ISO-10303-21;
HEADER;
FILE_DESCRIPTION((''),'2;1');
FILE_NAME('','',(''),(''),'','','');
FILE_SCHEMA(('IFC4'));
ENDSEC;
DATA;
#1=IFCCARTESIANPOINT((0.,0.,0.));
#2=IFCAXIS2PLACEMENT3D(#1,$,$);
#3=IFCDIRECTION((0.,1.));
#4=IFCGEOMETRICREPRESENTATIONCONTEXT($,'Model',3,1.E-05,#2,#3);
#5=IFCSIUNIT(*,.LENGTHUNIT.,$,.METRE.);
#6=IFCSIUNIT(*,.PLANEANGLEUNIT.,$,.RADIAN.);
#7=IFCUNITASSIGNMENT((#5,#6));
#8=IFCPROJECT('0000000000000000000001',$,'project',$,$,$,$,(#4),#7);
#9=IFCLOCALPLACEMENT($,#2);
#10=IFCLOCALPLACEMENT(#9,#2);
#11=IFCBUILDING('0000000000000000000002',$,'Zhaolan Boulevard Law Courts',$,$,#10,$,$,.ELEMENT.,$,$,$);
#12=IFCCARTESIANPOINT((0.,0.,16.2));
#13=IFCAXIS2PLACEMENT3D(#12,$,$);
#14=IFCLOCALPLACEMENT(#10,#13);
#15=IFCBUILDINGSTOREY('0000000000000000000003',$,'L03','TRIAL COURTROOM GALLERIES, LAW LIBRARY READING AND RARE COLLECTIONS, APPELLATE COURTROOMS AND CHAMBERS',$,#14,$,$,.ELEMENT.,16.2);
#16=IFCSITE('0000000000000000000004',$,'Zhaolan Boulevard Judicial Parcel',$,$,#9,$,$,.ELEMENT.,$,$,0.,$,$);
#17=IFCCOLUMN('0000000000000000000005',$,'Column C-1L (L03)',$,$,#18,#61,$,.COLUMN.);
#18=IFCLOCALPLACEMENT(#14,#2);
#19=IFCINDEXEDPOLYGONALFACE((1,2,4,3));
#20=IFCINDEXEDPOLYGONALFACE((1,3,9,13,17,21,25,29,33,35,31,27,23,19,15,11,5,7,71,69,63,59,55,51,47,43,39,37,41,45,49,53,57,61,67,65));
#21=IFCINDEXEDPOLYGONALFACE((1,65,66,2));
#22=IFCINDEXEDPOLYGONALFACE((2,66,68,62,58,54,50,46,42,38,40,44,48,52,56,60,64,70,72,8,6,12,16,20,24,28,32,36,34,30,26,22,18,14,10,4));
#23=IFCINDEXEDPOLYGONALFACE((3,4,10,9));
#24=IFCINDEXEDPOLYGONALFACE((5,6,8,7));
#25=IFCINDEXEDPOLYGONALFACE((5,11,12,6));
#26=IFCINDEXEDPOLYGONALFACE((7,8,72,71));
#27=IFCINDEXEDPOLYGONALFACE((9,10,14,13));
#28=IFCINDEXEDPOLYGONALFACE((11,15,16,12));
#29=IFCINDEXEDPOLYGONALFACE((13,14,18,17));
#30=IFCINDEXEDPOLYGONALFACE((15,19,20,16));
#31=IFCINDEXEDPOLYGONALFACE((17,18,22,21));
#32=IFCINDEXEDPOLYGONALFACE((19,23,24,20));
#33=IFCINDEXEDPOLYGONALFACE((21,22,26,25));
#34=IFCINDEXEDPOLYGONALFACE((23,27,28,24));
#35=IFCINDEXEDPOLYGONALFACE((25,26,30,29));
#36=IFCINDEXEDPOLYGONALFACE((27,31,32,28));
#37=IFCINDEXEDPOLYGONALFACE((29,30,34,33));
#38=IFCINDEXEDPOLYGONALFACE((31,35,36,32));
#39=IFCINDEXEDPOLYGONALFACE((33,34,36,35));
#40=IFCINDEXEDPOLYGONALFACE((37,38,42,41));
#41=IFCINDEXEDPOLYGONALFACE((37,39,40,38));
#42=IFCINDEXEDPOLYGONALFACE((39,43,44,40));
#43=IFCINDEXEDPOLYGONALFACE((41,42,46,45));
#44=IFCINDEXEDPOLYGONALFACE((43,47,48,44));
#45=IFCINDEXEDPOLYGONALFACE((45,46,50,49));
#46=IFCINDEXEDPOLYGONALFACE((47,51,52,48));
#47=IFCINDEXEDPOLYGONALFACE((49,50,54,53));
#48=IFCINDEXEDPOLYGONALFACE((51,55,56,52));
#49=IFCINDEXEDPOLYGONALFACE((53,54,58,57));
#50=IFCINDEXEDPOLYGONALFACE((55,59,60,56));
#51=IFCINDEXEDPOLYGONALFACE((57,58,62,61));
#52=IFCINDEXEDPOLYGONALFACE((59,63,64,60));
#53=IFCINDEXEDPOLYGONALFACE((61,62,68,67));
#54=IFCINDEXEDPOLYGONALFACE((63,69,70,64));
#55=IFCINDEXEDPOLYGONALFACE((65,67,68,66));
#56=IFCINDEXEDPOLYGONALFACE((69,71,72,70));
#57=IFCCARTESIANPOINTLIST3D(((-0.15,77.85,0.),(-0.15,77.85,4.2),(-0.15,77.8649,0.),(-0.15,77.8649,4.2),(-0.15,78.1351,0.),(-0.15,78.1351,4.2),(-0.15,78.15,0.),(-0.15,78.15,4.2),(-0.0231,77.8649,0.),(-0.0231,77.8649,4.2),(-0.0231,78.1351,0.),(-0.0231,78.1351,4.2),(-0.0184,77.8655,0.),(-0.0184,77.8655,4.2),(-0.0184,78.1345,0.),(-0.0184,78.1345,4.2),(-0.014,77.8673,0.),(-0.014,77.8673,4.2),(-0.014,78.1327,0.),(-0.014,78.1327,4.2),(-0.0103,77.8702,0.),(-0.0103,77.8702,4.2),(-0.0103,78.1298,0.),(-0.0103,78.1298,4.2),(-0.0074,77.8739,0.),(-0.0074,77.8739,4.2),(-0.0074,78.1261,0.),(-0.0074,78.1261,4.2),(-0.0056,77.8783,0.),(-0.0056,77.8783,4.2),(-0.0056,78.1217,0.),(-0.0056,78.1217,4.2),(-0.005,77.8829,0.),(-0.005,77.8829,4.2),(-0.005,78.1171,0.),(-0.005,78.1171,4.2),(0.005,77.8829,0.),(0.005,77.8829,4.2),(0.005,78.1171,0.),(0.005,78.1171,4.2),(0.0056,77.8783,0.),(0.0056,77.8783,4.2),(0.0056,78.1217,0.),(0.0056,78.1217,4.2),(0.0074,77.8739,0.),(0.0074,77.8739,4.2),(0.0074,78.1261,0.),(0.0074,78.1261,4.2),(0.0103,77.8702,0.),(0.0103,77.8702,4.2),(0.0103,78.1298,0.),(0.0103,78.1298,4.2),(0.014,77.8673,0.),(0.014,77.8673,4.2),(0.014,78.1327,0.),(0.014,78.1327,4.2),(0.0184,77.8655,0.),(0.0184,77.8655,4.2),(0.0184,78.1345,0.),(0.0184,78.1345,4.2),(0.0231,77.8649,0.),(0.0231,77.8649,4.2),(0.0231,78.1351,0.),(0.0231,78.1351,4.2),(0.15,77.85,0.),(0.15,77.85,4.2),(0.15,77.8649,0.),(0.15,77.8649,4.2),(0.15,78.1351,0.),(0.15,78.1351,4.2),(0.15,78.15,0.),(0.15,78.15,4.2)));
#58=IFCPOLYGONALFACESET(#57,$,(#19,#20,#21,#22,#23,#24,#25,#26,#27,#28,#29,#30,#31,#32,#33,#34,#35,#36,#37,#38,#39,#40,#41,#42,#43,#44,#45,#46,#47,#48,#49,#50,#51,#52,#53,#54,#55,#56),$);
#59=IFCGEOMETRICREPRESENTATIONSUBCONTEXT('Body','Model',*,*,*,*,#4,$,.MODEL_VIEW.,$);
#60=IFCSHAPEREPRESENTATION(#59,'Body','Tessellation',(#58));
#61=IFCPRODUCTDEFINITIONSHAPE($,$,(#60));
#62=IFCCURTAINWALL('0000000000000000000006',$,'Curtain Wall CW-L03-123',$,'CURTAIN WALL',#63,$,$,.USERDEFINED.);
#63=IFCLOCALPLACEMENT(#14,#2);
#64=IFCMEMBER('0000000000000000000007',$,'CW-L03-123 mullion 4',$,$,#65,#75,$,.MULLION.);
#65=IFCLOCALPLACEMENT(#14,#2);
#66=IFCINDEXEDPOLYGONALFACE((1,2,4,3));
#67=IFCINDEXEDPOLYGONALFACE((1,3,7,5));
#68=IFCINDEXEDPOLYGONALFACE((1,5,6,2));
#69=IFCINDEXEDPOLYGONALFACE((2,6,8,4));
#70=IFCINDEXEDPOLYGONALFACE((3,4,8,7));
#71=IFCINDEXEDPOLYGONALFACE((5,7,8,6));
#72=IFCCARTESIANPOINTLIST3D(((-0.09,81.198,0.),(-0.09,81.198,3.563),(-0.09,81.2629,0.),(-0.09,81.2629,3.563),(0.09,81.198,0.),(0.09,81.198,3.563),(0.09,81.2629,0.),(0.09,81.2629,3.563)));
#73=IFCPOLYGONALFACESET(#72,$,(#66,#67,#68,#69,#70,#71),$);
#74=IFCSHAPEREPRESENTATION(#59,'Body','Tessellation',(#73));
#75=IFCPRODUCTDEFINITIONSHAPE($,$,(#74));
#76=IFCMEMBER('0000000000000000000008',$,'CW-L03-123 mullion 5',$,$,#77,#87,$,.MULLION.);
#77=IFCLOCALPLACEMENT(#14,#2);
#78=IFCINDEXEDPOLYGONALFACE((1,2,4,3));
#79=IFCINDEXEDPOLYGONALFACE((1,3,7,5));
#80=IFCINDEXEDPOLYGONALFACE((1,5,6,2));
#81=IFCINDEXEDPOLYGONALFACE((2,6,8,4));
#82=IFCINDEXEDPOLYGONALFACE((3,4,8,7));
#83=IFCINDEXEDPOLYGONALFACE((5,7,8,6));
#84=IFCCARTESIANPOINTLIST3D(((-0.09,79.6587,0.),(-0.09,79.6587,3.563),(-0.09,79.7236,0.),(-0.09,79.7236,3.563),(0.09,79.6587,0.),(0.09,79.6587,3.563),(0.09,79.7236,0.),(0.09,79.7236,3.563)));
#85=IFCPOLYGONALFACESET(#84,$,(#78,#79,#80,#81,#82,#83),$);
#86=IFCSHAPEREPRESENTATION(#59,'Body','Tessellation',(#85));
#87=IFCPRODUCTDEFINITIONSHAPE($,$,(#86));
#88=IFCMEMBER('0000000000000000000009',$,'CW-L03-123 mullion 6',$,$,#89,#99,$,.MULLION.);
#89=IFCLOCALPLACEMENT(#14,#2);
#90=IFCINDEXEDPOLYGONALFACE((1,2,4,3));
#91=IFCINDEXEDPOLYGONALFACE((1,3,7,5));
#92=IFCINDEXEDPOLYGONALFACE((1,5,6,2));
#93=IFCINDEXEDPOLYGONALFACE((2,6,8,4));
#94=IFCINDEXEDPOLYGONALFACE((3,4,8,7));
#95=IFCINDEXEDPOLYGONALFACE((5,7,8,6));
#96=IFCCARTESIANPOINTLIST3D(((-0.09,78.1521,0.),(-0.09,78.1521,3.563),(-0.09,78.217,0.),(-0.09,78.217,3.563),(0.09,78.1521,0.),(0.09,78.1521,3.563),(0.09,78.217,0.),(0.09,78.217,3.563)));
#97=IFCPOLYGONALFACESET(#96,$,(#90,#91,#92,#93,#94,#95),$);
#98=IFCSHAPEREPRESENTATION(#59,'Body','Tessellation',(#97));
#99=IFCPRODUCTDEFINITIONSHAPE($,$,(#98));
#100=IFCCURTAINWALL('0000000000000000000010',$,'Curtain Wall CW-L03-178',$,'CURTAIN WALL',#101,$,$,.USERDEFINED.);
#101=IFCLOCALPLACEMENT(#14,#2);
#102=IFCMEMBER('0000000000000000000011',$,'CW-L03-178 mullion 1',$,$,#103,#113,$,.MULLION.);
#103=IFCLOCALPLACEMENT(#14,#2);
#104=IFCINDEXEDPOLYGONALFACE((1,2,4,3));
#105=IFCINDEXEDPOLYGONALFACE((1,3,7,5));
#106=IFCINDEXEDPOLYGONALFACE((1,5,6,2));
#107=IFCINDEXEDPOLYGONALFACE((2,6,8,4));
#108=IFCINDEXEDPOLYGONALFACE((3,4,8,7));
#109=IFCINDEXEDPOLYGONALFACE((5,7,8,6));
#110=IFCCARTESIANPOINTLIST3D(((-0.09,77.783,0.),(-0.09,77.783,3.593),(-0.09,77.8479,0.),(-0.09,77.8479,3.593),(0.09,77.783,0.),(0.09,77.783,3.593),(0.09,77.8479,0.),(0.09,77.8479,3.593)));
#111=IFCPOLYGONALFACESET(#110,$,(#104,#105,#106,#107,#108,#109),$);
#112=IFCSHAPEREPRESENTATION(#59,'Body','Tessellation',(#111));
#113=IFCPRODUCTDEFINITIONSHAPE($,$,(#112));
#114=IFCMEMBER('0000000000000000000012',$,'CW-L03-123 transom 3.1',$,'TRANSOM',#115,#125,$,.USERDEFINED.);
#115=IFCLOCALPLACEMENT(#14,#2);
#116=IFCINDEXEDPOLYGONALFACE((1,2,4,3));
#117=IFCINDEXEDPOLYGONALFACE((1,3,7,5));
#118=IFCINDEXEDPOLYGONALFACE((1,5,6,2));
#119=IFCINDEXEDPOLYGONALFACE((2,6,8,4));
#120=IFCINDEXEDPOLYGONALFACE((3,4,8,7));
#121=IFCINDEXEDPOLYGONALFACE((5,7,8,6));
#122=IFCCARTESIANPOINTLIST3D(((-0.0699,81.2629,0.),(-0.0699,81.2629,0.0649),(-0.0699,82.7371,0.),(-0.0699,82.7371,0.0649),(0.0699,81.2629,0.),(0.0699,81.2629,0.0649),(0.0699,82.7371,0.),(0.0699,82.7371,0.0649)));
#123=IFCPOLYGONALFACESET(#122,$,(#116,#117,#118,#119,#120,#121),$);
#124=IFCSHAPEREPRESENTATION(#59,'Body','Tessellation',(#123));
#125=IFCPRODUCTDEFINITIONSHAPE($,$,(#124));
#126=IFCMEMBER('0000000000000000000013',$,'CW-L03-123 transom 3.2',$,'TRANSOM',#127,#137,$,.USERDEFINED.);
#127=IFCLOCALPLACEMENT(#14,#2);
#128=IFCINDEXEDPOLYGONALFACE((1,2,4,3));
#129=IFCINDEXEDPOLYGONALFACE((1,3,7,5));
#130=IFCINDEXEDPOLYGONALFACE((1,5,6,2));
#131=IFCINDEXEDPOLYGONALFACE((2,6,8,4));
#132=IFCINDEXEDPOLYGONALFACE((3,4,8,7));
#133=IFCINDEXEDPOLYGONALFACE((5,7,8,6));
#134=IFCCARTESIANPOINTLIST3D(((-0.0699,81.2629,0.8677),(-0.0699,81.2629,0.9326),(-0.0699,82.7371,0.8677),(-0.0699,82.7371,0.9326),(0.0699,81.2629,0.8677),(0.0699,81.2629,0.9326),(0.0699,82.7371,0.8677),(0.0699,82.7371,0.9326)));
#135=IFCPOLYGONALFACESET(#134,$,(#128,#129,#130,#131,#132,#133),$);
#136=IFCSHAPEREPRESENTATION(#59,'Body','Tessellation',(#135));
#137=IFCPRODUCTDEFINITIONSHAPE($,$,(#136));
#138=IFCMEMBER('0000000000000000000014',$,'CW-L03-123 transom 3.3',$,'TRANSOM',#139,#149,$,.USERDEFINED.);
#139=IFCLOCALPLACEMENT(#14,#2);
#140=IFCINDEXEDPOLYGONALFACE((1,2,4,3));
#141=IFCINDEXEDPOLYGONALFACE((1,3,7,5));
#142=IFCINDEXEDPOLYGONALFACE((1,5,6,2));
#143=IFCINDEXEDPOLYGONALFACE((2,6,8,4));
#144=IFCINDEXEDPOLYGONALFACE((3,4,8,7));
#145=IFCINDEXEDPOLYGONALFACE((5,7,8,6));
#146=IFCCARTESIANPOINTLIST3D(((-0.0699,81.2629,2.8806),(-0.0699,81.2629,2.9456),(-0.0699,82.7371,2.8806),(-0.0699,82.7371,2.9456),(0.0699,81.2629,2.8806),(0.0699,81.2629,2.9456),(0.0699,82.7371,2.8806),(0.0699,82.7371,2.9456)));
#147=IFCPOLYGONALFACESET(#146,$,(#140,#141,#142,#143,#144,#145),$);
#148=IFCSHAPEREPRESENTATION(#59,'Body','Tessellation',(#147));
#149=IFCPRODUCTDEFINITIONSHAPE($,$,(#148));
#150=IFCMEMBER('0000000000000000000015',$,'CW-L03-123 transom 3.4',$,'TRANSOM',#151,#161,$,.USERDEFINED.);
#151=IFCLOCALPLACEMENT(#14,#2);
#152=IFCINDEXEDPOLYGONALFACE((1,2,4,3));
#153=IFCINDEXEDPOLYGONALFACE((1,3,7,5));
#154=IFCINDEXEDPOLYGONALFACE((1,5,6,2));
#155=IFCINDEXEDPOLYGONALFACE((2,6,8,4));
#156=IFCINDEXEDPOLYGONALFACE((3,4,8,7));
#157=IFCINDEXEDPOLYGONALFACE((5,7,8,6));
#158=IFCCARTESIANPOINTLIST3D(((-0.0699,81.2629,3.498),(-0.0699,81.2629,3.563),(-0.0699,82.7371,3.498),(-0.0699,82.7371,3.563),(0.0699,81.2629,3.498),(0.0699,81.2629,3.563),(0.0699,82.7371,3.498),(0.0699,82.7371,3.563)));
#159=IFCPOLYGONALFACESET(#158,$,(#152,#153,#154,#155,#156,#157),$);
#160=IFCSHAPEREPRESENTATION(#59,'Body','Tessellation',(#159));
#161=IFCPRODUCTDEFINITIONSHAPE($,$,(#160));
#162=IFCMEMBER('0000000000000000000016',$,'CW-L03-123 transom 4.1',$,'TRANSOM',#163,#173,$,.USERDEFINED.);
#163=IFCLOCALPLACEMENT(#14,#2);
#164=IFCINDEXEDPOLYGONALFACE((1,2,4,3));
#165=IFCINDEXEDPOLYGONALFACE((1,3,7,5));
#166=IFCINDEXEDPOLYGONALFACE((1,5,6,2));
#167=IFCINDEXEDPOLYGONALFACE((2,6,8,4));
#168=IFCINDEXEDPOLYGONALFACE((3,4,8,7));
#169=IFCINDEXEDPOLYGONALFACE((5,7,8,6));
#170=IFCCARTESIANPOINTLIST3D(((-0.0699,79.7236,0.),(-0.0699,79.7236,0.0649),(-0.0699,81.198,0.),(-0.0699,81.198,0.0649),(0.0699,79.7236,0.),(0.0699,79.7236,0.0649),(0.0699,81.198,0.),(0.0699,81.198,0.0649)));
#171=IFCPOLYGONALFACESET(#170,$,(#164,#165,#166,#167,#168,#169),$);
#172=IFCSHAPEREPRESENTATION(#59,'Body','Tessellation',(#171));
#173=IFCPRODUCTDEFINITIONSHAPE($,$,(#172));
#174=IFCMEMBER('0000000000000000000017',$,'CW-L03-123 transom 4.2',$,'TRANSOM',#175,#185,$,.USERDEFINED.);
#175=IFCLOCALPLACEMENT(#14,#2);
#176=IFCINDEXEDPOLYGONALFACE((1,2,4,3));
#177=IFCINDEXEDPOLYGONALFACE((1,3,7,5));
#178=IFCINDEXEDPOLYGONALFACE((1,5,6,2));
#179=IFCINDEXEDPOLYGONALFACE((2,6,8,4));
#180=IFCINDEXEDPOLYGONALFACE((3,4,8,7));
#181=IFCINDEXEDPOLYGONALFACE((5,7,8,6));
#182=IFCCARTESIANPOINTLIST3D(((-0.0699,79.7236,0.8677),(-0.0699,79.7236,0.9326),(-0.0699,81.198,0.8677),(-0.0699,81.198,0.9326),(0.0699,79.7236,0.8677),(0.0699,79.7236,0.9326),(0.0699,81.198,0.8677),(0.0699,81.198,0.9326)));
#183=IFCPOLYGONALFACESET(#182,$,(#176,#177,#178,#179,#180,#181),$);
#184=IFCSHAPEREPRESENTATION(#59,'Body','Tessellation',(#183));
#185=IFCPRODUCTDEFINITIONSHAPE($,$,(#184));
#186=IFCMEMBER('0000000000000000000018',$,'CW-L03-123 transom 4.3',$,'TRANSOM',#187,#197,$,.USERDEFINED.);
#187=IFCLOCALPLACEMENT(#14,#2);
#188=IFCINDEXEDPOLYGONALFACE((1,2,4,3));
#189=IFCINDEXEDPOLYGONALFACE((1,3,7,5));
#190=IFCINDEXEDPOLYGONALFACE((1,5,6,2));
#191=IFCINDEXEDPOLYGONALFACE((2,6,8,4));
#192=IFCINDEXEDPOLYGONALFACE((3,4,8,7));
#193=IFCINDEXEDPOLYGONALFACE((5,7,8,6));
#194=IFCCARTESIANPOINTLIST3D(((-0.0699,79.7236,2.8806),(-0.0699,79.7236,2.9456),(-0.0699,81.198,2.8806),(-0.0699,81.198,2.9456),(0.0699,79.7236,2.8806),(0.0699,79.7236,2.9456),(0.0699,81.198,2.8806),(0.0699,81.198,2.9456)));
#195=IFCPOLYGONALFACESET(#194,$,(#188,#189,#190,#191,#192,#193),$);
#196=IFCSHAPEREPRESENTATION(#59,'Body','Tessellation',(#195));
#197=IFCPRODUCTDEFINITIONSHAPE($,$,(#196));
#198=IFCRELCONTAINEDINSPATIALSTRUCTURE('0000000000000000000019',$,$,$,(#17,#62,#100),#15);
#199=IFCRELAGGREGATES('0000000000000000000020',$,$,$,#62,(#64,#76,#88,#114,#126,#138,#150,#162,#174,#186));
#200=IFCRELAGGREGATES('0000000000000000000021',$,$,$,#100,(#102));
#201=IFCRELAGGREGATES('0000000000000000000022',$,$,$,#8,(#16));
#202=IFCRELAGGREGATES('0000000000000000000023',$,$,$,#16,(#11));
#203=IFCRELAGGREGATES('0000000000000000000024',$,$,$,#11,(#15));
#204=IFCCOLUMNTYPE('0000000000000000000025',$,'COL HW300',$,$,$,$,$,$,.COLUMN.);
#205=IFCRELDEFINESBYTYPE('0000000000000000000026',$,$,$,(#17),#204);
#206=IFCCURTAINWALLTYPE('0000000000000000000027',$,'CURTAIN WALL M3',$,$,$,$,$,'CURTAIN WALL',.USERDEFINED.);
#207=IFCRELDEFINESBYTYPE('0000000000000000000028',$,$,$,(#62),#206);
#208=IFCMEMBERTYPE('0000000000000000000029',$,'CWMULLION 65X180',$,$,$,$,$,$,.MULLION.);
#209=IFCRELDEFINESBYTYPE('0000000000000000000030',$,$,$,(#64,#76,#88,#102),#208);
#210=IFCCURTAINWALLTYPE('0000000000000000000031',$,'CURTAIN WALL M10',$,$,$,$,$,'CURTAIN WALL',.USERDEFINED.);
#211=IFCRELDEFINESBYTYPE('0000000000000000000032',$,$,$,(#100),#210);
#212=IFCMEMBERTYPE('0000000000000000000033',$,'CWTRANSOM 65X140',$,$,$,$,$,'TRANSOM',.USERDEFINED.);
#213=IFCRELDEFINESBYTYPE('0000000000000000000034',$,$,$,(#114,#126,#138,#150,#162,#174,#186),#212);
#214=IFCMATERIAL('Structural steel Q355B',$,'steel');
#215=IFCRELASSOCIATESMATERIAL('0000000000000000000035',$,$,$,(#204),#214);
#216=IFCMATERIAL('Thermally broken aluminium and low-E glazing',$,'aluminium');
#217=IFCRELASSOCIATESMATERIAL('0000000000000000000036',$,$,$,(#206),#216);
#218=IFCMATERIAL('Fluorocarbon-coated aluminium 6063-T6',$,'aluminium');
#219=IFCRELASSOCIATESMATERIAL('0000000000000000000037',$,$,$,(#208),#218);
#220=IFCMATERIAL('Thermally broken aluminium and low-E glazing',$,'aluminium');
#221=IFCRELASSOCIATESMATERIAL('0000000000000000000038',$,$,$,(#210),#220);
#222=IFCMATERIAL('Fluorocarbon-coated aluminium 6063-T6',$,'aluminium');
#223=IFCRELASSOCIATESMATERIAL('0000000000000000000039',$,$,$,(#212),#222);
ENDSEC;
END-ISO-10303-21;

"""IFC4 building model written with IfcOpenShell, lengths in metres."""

from ifc_helpers import new_model, si_unit, direction, frame, origin, origin_2d, place, context, subcontext, project, spatial, rectangle, i_section, extrude, material, material_profile, profile_set, type_object, element, aggregate, save


model = new_model("IFC4")

# Units and contexts
model_context = context("Model", 3, precision=1e-05, world=origin(), true_north=direction((0.0, 1.0)))
body_context = subcontext(model_context, "Body", "Model", "MODEL_VIEW")
ifc_project = project(units=[si_unit("LENGTHUNIT", "METRE"), si_unit("PLANEANGLEUNIT", "RADIAN")], contexts=[model_context])

# Site, building, storey
site_placement = place(None, origin())
site = spatial("IfcSite", under=ifc_project, at=site_placement, Name="Zhaolan Boulevard Judicial Parcel", CompositionType="ELEMENT", RefElevation=0.0)
building_placement = place(site_placement, origin())
building = spatial("IfcBuilding", under=site, at=building_placement, Name="Zhaolan Boulevard Law Courts", CompositionType="ELEMENT")
storey_placement = place(building_placement, frame((0.0, 0.0, 16.2)))
storey = spatial("IfcBuildingStorey", under=building, at=storey_placement, Name="L03", Description="TRIAL COURTROOM GALLERIES, LAW LIBRARY READING AND RARE COLLECTIONS, APPELLATE COURTROOMS AND CHAMBERS", CompositionType="ELEMENT", Elevation=16.2)

# Column
ifc_material_1 = material(Name="Structural steel Q355B", Category="steel")
ifc_material_profile_1 = material_profile(ifc_material_1, i_section(OverallWidth=0.3, OverallDepth=0.3, WebThickness=0.01, FlangeThickness=0.0149, FilletRadius=0.0181, at=origin_2d()), Name="HW300x300")
ifc_profile_set_1 = profile_set([ifc_material_profile_1], Name="Structural steel Q355B")
column_type = type_object("IfcColumnType", Name="COL HW300", PredefinedType="COLUMN", material=ifc_profile_set_1)
column_placement = place(storey_placement, frame((0.0, 78.0, 0.0), z_axis=(0.0, 0.0, 1.0), x_axis=(1.0, 0.0, 0.0)))
element("IfcColumn", 1, at=column_placement, inside=storey, type_object=column_type, Name="Column C-1L (L03)", PredefinedType="COLUMN", context=body_context, shape_type="SweptSolid", body=[
    extrude(i_section(OverallWidth=0.3, OverallDepth=0.3, WebThickness=0.01, FlangeThickness=0.0149, FilletRadius=0.0181, at=origin_2d()), origin(), (0.0, 0.0, 1.0), 4.2),
])

# Curtain wall, members
ifc_material_2 = material(Name="Thermally broken aluminium and low-E glazing", Category="aluminium")
curtain_wall_type_1 = type_object("IfcCurtainWallType", Name="CURTAIN WALL M3", ElementType="CURTAIN WALL", PredefinedType="USERDEFINED", material=ifc_material_2)
curtain_wall_1_placement = place(storey_placement, origin())
curtain_wall_1 = element("IfcCurtainWall", 2, at=curtain_wall_1_placement, inside=storey, type_object=curtain_wall_type_1, Name="Curtain Wall CW-L03-123", ObjectType="CURTAIN WALL", PredefinedType="USERDEFINED")
ifc_material_3 = material(Name="Fluorocarbon-coated aluminium 6063-T6", Category="aluminium")
ifc_material_profile_2 = material_profile(ifc_material_3, rectangle(XDim=0.1799, YDim=0.0649, at=origin_2d()), Name="AL65x180")
ifc_profile_set_2 = profile_set([ifc_material_profile_2], Name="Fluorocarbon-coated aluminium 6063-T6")
member_type_1 = type_object("IfcMemberType", Name="CWMULLION 65X180", PredefinedType="MULLION", material=ifc_profile_set_2)
member_1_placement = place(storey_placement, frame((0.0, 81.2305, 0.0), z_axis=(0.0, 0.0, 1.0), x_axis=(1.0, 0.0, 0.0)))
member_1 = element("IfcMember", 3, at=member_1_placement, type_object=member_type_1, Name="CW-L03-123 mullion 4", PredefinedType="MULLION", context=body_context, shape_type="SweptSolid", body=[
    extrude(rectangle(XDim=0.1799, YDim=0.0649, at=origin_2d()), origin(), (0.0, 0.0, 1.0), 3.563),
])
member_2_placement = place(storey_placement, frame((0.0, 79.6912, 0.0), z_axis=(0.0, 0.0, 1.0), x_axis=(1.0, 0.0, 0.0)))
member_2 = element("IfcMember", 4, at=member_2_placement, type_object=member_type_1, Name="CW-L03-123 mullion 5", PredefinedType="MULLION", context=body_context, shape_type="SweptSolid", body=[
    extrude(rectangle(XDim=0.1799, YDim=0.0649, at=origin_2d()), origin(), (0.0, 0.0, 1.0), 3.563),
])
member_3_placement = place(storey_placement, frame((0.0, 78.1846, 0.0), z_axis=(0.0, 0.0, 1.0), x_axis=(1.0, 0.0, 0.0)))
member_3 = element("IfcMember", 5, at=member_3_placement, type_object=member_type_1, Name="CW-L03-123 mullion 6", PredefinedType="MULLION", context=body_context, shape_type="SweptSolid", body=[
    extrude(rectangle(XDim=0.1799, YDim=0.0649, at=origin_2d()), origin(), (0.0, 0.0, 1.0), 3.563),
])

# Curtain wall, member
ifc_material_4 = material(Name="Thermally broken aluminium and low-E glazing", Category="aluminium")
curtain_wall_type_2 = type_object("IfcCurtainWallType", Name="CURTAIN WALL M10", ElementType="CURTAIN WALL", PredefinedType="USERDEFINED", material=ifc_material_4)
curtain_wall_2_placement = place(storey_placement, origin())
curtain_wall_2 = element("IfcCurtainWall", 6, at=curtain_wall_2_placement, inside=storey, type_object=curtain_wall_type_2, Name="Curtain Wall CW-L03-178", ObjectType="CURTAIN WALL", PredefinedType="USERDEFINED")
member_4_placement = place(storey_placement, frame((0.0, 77.8154, 0.0), z_axis=(0.0, 0.0, 1.0), x_axis=(1.0, 0.0, 0.0)))
member_4 = element("IfcMember", 7, at=member_4_placement, type_object=member_type_1, Name="CW-L03-178 mullion 1", PredefinedType="MULLION", context=body_context, shape_type="SweptSolid", body=[
    extrude(rectangle(XDim=0.1799, YDim=0.0649, at=origin_2d()), origin(), (0.0, 0.0, 1.0), 3.593),
])

# Members
ifc_material_5 = material(Name="Fluorocarbon-coated aluminium 6063-T6", Category="aluminium")
ifc_material_profile_3 = material_profile(ifc_material_5, rectangle(XDim=0.1399, YDim=0.0649, at=origin_2d()), Name="AL65x140")
ifc_profile_set_3 = profile_set([ifc_material_profile_3], Name="Fluorocarbon-coated aluminium 6063-T6")
member_type_2 = type_object("IfcMemberType", Name="CWTRANSOM 65X140", ElementType="TRANSOM", PredefinedType="USERDEFINED", material=ifc_profile_set_3)
member_5_placement = place(storey_placement, frame((0.0, 82.7371, 0.0325), z_axis=(0.0, -1.0, 0.0), x_axis=(1.0, 0.0, 0.0)))
member_5 = element("IfcMember", 8, at=member_5_placement, type_object=member_type_2, Name="CW-L03-123 transom 3.1", ObjectType="TRANSOM", PredefinedType="USERDEFINED", context=body_context, shape_type="SweptSolid", body=[
    extrude(rectangle(XDim=0.1399, YDim=0.0649, at=origin_2d()), origin(), (0.0, 0.0, 1.0), 1.4741),
])
member_6_placement = place(storey_placement, frame((0.0, 82.7371, 0.9001), z_axis=(0.0, -1.0, 0.0), x_axis=(1.0, 0.0, 0.0)))
member_6 = element("IfcMember", 9, at=member_6_placement, type_object=member_type_2, Name="CW-L03-123 transom 3.2", ObjectType="TRANSOM", PredefinedType="USERDEFINED", context=body_context, shape_type="SweptSolid", body=[
    extrude(rectangle(XDim=0.1399, YDim=0.0649, at=origin_2d()), origin(), (0.0, 0.0, 1.0), 1.4741),
])
member_7_placement = place(storey_placement, frame((0.0, 82.7371, 2.9131), z_axis=(0.0, -1.0, 0.0), x_axis=(1.0, 0.0, 0.0)))
member_7 = element("IfcMember", 10, at=member_7_placement, type_object=member_type_2, Name="CW-L03-123 transom 3.3", ObjectType="TRANSOM", PredefinedType="USERDEFINED", context=body_context, shape_type="SweptSolid", body=[
    extrude(rectangle(XDim=0.1399, YDim=0.0649, at=origin_2d()), origin(), (0.0, 0.0, 1.0), 1.4741),
])
member_8_placement = place(storey_placement, frame((0.0, 82.7371, 3.5305), z_axis=(0.0, -1.0, 0.0), x_axis=(1.0, 0.0, 0.0)))
member_8 = element("IfcMember", 11, at=member_8_placement, type_object=member_type_2, Name="CW-L03-123 transom 3.4", ObjectType="TRANSOM", PredefinedType="USERDEFINED", context=body_context, shape_type="SweptSolid", body=[
    extrude(rectangle(XDim=0.1399, YDim=0.0649, at=origin_2d()), origin(), (0.0, 0.0, 1.0), 1.4741),
])
member_9_placement = place(storey_placement, frame((0.0, 81.198, 0.0325), z_axis=(0.0, -1.0, 0.0), x_axis=(1.0, 0.0, 0.0)))
member_9 = element("IfcMember", 12, at=member_9_placement, type_object=member_type_2, Name="CW-L03-123 transom 4.1", ObjectType="TRANSOM", PredefinedType="USERDEFINED", context=body_context, shape_type="SweptSolid", body=[
    extrude(rectangle(XDim=0.1399, YDim=0.0649, at=origin_2d()), origin(), (0.0, 0.0, 1.0), 1.4744),
])
member_10_placement = place(storey_placement, frame((0.0, 81.198, 0.9001), z_axis=(0.0, -1.0, 0.0), x_axis=(1.0, 0.0, 0.0)))
member_10 = element("IfcMember", 13, at=member_10_placement, type_object=member_type_2, Name="CW-L03-123 transom 4.2", ObjectType="TRANSOM", PredefinedType="USERDEFINED", context=body_context, shape_type="SweptSolid", body=[
    extrude(rectangle(XDim=0.1399, YDim=0.0649, at=origin_2d()), origin(), (0.0, 0.0, 1.0), 1.4744),
])
member_11_placement = place(storey_placement, frame((0.0, 81.198, 2.9131), z_axis=(0.0, -1.0, 0.0), x_axis=(1.0, 0.0, 0.0)))
member_11 = element("IfcMember", 14, at=member_11_placement, type_object=member_type_2, Name="CW-L03-123 transom 4.3", ObjectType="TRANSOM", PredefinedType="USERDEFINED", context=body_context, shape_type="SweptSolid", body=[
    extrude(rectangle(XDim=0.1399, YDim=0.0649, at=origin_2d()), origin(), (0.0, 0.0, 1.0), 1.4744),
])

aggregate(curtain_wall_1, [member_1, member_2, member_3, member_5, member_6, member_7, member_8, member_9, member_10, member_11])
aggregate(curtain_wall_2, [member_4])

save(model, "model.ifc")
